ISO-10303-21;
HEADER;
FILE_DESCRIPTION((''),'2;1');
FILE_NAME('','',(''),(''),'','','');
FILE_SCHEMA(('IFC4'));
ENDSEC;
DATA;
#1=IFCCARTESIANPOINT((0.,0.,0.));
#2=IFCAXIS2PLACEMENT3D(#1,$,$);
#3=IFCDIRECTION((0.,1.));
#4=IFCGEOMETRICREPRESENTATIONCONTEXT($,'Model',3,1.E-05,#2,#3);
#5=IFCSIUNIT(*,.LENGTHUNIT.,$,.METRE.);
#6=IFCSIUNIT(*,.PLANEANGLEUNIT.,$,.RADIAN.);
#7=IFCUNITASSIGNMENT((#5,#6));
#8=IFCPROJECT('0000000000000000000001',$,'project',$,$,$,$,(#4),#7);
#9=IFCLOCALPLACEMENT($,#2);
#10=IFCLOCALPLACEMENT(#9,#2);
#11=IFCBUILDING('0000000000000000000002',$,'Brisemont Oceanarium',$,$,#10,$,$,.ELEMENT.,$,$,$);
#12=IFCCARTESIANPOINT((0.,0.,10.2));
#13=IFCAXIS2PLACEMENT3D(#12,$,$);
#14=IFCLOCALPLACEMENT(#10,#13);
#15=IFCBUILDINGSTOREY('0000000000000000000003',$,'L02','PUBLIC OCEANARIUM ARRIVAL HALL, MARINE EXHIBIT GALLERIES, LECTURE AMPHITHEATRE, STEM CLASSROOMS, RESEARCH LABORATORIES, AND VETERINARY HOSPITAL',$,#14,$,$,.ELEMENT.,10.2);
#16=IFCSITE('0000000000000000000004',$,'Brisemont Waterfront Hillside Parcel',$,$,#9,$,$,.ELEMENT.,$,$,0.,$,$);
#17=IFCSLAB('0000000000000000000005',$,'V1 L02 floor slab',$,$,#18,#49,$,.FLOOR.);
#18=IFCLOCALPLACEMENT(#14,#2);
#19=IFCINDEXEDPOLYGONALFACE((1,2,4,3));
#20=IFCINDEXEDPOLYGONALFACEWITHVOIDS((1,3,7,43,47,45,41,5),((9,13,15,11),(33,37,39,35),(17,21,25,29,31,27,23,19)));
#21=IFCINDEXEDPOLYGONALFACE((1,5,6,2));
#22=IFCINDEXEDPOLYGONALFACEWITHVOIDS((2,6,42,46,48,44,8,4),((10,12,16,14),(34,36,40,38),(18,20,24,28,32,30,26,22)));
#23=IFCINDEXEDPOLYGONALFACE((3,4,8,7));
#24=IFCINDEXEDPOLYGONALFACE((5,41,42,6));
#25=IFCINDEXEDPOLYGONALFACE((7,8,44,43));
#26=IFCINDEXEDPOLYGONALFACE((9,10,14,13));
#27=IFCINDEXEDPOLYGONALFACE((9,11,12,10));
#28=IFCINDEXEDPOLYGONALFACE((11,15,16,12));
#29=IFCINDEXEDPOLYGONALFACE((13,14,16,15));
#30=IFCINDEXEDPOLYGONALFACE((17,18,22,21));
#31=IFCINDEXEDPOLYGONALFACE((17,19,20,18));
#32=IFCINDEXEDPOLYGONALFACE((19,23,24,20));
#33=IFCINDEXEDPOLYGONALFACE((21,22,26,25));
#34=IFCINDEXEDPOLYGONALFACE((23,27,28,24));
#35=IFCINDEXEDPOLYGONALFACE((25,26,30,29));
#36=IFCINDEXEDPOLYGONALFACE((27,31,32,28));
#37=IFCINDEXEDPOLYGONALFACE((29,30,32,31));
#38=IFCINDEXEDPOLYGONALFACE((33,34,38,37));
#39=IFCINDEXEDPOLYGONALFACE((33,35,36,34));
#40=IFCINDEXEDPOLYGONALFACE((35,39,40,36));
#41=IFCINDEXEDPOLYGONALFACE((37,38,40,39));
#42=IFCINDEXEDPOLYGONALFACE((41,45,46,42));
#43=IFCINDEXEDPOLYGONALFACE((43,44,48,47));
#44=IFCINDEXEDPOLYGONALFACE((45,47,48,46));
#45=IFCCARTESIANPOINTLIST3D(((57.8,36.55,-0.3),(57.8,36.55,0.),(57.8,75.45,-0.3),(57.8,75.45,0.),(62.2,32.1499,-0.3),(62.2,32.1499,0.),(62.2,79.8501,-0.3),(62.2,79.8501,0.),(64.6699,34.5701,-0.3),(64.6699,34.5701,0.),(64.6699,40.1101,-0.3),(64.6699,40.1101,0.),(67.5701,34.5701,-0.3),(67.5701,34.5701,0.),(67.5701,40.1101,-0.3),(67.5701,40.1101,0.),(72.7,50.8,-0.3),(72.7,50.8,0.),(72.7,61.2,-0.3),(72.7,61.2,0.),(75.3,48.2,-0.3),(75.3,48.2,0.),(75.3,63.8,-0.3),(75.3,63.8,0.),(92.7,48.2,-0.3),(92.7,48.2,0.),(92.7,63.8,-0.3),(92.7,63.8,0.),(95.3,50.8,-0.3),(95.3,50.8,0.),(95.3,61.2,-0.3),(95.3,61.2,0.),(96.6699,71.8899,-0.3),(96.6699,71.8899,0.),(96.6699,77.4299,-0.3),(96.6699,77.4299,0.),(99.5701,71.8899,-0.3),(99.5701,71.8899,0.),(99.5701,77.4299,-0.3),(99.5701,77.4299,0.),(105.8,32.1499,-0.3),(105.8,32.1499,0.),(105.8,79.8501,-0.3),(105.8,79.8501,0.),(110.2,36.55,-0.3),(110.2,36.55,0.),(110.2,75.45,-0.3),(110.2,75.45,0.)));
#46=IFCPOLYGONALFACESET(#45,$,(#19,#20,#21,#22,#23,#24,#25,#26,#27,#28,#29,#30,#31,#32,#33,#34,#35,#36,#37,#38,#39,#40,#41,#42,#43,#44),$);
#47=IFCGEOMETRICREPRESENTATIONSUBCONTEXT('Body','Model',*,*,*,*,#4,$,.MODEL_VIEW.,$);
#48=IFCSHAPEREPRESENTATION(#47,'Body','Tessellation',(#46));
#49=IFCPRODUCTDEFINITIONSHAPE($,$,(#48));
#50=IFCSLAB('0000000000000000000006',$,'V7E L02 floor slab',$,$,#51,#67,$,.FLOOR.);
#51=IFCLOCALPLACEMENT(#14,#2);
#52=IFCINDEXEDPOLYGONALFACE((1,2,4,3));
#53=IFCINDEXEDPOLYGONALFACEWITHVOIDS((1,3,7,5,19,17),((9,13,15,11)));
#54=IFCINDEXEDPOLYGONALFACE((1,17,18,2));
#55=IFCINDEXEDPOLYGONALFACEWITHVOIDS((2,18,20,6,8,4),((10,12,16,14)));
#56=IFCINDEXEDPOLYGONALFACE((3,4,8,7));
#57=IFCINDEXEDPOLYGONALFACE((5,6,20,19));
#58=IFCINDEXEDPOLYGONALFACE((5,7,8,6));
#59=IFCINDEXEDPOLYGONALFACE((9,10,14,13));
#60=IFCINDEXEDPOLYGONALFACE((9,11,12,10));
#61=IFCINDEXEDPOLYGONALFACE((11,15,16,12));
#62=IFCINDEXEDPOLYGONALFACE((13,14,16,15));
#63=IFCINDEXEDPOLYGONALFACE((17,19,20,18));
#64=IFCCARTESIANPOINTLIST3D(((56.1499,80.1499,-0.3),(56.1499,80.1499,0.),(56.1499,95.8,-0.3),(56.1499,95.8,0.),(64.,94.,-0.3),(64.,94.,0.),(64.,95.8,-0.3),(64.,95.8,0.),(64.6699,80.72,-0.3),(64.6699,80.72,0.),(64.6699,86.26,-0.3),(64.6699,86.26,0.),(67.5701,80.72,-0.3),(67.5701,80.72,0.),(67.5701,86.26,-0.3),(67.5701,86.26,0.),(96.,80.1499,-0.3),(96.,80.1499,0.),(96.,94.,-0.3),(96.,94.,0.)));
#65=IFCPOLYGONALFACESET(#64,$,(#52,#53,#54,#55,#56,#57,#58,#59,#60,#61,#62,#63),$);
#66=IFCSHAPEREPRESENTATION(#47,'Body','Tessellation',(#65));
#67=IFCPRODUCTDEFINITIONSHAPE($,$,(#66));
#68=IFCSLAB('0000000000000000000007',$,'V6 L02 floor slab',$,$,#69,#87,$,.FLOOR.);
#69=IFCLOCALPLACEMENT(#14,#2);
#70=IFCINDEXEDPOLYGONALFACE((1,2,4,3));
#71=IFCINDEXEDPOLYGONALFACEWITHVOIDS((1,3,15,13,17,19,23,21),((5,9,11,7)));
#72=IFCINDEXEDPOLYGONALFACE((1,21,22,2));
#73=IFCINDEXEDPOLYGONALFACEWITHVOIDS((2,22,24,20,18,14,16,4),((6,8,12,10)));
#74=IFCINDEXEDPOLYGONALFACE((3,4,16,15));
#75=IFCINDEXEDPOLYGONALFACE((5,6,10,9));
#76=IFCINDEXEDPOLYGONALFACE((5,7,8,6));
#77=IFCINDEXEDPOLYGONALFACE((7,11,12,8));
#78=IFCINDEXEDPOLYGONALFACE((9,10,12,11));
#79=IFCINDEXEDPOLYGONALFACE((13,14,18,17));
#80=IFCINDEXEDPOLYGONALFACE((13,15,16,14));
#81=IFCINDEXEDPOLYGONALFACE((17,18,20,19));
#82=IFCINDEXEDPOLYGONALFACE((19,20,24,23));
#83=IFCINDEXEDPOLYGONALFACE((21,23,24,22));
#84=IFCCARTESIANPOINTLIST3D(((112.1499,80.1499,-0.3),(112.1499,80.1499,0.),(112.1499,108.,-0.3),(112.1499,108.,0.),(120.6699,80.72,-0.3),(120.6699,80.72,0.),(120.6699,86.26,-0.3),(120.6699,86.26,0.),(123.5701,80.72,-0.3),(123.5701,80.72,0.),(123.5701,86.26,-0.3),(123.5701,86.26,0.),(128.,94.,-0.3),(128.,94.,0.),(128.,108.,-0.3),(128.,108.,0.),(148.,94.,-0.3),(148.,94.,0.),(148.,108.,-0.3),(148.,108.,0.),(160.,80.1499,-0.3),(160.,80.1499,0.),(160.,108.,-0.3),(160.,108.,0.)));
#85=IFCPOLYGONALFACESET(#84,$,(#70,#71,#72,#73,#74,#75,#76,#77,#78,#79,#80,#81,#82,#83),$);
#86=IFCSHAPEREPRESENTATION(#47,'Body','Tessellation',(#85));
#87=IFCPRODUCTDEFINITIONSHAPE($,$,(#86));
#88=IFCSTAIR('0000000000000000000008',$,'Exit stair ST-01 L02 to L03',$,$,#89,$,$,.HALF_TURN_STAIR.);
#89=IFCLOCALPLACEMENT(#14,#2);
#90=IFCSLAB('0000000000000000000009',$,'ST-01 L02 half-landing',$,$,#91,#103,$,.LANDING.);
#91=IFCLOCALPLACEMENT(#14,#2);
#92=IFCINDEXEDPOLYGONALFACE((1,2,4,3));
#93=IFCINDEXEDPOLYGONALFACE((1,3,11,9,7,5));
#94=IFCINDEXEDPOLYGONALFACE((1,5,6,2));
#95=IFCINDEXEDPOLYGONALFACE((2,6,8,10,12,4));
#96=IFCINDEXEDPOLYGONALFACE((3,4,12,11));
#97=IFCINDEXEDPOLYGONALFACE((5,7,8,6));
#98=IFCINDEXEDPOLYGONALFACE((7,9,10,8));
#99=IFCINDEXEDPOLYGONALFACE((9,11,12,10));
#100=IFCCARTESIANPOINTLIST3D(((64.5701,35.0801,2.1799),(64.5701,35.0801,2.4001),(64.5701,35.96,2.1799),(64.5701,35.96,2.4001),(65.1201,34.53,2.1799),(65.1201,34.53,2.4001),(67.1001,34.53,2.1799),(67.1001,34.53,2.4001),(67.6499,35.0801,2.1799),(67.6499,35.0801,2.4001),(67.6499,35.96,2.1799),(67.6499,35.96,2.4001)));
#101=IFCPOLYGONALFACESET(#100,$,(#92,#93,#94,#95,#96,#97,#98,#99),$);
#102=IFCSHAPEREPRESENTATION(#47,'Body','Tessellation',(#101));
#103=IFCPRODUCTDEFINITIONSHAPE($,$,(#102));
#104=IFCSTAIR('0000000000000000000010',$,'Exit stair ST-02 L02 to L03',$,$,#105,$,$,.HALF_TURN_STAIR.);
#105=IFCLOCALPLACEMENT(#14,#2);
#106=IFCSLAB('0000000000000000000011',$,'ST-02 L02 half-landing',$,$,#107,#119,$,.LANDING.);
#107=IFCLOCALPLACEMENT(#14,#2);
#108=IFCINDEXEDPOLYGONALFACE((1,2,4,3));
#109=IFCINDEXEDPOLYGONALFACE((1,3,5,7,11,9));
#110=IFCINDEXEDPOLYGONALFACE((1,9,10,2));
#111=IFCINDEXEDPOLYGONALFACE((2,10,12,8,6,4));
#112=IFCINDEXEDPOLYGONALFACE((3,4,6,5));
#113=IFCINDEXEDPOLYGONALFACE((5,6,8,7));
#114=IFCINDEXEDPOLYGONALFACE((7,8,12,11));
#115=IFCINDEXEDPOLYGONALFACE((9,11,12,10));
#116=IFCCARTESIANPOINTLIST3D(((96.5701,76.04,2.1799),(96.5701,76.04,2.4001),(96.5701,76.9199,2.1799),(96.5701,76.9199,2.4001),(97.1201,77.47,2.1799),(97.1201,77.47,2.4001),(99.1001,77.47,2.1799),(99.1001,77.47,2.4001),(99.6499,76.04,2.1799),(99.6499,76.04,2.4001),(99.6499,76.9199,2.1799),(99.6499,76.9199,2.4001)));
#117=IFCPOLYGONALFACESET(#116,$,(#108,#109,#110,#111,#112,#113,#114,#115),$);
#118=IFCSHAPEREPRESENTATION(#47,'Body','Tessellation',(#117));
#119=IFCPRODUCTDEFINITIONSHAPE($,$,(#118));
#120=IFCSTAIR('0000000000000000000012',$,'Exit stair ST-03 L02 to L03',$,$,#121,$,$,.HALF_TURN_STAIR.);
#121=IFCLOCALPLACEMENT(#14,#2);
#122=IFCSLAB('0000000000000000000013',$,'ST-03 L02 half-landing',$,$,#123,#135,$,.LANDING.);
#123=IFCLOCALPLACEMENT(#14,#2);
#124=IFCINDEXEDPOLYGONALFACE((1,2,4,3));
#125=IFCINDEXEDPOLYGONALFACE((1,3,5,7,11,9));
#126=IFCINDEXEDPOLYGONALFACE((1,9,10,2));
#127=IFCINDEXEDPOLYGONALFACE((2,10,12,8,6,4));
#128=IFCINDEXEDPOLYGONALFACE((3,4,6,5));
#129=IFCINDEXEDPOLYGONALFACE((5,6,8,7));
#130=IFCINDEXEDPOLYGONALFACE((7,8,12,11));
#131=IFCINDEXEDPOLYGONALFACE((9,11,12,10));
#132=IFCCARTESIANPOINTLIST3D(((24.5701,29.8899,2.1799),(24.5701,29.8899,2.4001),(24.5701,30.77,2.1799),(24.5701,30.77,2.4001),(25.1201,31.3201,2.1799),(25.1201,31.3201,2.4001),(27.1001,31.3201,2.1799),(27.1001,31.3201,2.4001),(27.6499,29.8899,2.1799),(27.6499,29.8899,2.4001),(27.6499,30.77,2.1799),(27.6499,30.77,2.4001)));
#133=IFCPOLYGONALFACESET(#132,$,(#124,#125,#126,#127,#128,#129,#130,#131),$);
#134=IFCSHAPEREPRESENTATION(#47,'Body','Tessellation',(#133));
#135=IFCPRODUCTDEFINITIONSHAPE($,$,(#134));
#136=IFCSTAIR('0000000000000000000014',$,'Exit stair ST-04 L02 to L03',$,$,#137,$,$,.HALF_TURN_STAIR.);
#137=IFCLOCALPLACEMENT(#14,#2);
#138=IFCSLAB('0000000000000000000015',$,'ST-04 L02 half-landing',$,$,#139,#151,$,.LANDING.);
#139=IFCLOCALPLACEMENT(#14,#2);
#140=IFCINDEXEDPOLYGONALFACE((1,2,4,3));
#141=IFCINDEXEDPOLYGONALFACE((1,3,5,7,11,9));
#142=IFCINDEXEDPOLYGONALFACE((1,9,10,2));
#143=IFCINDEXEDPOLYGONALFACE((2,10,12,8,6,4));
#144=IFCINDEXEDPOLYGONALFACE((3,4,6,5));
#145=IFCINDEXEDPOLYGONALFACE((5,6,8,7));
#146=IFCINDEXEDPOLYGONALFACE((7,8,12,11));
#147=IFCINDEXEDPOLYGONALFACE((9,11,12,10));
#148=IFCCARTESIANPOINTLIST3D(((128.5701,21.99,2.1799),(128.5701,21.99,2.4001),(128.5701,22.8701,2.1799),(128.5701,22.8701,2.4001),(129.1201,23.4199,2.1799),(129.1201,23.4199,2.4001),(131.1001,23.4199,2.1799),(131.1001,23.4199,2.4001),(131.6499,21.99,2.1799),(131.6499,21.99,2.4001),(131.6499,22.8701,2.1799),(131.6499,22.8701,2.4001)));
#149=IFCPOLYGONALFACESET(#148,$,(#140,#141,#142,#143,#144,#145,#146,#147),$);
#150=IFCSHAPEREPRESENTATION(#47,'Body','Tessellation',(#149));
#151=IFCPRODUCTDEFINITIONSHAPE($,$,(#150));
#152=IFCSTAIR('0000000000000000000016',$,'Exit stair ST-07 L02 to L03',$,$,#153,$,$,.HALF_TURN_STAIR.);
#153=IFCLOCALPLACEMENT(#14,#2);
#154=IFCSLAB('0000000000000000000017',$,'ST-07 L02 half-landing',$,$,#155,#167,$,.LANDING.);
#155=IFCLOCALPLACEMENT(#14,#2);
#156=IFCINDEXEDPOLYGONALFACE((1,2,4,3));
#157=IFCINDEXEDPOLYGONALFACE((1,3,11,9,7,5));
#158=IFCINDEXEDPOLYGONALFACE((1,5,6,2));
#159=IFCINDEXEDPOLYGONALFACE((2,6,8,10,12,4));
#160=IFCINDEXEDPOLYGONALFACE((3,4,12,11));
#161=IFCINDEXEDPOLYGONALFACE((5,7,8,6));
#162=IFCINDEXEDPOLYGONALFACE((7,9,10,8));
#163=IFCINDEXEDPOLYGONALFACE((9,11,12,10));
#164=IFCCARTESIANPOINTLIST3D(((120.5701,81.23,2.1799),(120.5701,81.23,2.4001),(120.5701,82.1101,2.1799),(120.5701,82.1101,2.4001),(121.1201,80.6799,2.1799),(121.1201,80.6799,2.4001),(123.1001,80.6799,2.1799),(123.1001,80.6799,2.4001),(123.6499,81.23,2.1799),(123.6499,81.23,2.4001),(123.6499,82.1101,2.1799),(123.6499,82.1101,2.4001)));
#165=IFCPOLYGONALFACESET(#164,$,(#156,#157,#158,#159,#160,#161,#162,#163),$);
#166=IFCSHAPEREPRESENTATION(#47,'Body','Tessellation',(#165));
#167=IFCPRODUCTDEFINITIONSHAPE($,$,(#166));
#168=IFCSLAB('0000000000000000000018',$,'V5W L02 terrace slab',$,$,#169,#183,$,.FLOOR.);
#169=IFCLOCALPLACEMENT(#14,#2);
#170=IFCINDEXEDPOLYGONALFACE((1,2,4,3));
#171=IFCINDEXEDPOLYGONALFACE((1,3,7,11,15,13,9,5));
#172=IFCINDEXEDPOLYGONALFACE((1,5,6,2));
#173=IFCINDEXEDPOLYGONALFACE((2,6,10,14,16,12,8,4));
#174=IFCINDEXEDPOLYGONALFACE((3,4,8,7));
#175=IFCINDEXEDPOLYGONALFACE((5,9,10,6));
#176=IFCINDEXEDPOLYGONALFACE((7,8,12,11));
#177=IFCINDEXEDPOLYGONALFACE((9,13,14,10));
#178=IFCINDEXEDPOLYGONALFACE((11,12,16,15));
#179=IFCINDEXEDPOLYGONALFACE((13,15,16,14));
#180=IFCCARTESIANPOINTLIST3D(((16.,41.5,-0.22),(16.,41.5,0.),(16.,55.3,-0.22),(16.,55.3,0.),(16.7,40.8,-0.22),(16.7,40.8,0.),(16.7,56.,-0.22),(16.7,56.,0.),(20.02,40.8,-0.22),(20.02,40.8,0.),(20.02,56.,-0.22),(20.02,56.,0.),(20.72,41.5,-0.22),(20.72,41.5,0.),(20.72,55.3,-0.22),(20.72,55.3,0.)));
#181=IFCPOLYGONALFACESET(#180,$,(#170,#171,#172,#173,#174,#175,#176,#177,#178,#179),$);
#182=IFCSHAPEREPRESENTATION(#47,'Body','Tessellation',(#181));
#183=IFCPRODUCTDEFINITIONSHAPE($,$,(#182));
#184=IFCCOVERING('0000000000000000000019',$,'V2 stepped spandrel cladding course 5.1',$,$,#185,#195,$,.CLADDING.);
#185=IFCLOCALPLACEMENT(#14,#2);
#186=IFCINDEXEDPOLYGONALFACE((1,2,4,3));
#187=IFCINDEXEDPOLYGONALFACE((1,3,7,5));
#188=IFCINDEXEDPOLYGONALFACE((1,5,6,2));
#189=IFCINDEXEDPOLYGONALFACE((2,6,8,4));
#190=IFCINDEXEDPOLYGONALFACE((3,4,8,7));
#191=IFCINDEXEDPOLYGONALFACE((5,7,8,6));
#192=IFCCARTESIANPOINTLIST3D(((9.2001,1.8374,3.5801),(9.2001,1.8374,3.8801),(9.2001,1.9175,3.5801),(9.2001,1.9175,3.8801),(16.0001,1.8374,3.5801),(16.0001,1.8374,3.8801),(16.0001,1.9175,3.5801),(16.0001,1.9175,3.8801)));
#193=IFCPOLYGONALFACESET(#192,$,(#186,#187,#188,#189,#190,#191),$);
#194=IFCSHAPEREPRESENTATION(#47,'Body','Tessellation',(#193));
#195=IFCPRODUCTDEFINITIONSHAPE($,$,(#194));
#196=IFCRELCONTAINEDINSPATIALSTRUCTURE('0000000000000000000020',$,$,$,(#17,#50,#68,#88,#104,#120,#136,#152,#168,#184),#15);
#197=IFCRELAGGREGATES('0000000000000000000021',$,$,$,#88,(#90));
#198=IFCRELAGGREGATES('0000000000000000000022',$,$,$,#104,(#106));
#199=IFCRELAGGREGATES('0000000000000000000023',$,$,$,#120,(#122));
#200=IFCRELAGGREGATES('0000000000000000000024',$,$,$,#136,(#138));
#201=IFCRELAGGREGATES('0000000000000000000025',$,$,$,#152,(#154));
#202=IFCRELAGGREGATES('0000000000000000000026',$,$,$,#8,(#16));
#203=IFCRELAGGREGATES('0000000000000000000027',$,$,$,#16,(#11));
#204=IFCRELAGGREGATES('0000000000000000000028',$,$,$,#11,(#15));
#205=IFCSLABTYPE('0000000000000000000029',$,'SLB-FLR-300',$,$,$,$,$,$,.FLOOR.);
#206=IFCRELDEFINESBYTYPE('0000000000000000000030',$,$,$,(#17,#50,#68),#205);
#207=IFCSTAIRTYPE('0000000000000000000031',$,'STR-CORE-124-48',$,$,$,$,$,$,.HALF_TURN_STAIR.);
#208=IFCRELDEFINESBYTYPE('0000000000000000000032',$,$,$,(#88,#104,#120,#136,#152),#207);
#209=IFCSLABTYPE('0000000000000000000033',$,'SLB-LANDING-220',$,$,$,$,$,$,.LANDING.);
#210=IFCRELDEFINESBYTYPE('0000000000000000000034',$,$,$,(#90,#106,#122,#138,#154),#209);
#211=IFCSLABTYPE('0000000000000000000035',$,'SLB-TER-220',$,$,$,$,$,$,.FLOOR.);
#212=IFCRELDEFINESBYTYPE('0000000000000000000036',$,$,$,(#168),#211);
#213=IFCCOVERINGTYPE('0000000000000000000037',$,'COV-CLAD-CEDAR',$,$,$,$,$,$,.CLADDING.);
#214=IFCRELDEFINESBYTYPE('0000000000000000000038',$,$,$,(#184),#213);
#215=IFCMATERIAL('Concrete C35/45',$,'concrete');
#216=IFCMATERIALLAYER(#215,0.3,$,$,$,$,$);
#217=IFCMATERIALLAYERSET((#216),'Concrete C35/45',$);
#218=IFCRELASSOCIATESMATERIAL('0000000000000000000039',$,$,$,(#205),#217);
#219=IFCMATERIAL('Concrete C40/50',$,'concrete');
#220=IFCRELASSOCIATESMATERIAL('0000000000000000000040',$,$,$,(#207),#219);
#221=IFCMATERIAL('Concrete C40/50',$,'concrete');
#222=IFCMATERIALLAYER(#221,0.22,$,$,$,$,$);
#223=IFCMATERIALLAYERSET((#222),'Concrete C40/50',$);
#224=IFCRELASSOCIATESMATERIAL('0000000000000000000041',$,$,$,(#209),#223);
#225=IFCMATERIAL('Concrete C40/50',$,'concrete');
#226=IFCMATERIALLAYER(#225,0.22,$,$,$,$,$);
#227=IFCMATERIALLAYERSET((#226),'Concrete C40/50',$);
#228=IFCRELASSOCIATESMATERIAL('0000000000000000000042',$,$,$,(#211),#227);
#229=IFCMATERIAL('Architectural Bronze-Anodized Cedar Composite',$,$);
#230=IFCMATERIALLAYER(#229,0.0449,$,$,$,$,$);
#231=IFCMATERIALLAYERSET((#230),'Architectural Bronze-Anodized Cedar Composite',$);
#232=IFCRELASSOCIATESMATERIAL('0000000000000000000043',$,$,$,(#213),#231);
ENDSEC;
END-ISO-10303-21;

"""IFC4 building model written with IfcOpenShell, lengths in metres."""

from ifc_helpers import new_model, si_unit, direction, frame, origin, origin_2d, place, context, subcontext, project, spatial, polyline, rectangle, outline, extrude, material, layer, layer_set, type_object, element, aggregate, save


model = new_model("IFC4")

# Units and contexts
model_context = context("Model", 3, precision=1e-05, world=origin(), true_north=direction((0.0, 1.0)))
body_context = subcontext(model_context, "Body", "Model", "MODEL_VIEW")
ifc_project = project(units=[si_unit("LENGTHUNIT", "METRE"), si_unit("PLANEANGLEUNIT", "RADIAN")], contexts=[model_context])

# Site, building, storey
site_placement = place(None, origin())
site = spatial("IfcSite", under=ifc_project, at=site_placement, Name="Brisemont Waterfront Hillside Parcel", CompositionType="ELEMENT", RefElevation=0.0)
building_placement = place(site_placement, origin())
building = spatial("IfcBuilding", under=site, at=building_placement, Name="Brisemont Oceanarium", CompositionType="ELEMENT")
storey_placement = place(building_placement, frame((0.0, 0.0, 10.2)))
storey = spatial("IfcBuildingStorey", under=building, at=storey_placement, Name="L02", Description="PUBLIC OCEANARIUM ARRIVAL HALL, MARINE EXHIBIT GALLERIES, LECTURE AMPHITHEATRE, STEM CLASSROOMS, RESEARCH LABORATORIES, AND VETERINARY HOSPITAL", CompositionType="ELEMENT", Elevation=10.2)

# Slabs
ifc_material_1 = material(Name="Concrete C35/45", Category="concrete")
ifc_layer_1 = layer(ifc_material_1, 0.3)
ifc_layer_set_1 = layer_set([ifc_layer_1], Name="Concrete C35/45")
slab_type_1 = type_object("IfcSlabType", Name="SLB-FLR-300", PredefinedType="FLOOR", material=ifc_layer_set_1)
slab_1_placement = place(storey_placement, frame((0.0, 0.0, -0.3)))
element("IfcSlab", 1, at=slab_1_placement, inside=storey, type_object=slab_type_1, Name="V1 L02 floor slab", PredefinedType="FLOOR", context=body_context, shape_type="SweptSolid", body=[
    extrude(outline(polyline([(62.2, 32.1499), (105.8, 32.1499), (110.2, 36.55), (110.2, 75.45), (105.8, 79.8501), (62.2, 79.8501), (57.8, 75.45), (57.8, 36.55), (62.2, 32.1499)]), holes=[polyline([(75.3, 48.2), (92.7, 48.2), (95.3, 50.8), (95.3, 61.2), (92.7, 63.8), (75.3, 63.8), (72.7, 61.2), (72.7, 50.8), (75.3, 48.2)]), polyline([(64.6699, 34.5701), (67.5701, 34.5701), (67.5701, 40.1101), (64.6699, 40.1101), (64.6699, 34.5701)]), polyline([(96.6699, 71.8899), (99.5701, 71.8899), (99.5701, 77.4299), (96.6699, 77.4299), (96.6699, 71.8899)])]), origin(), (0.0, 0.0, 1.0), 0.3),
])
slab_2_placement = place(storey_placement, frame((0.0, 0.0, -0.3)))
element("IfcSlab", 2, at=slab_2_placement, inside=storey, type_object=slab_type_1, Name="V7E L02 floor slab", PredefinedType="FLOOR", context=body_context, shape_type="SweptSolid", body=[
    extrude(outline(polyline([(56.1499, 80.1499), (96.0, 80.1499), (96.0, 94.0), (64.0, 94.0), (64.0, 95.8), (56.1499, 95.8), (56.1499, 80.1499)]), holes=[polyline([(64.6699, 80.72), (67.5701, 80.72), (67.5701, 86.26), (64.6699, 86.26), (64.6699, 80.72)])]), origin(), (0.0, 0.0, 1.0), 0.3),
])
slab_3_placement = place(storey_placement, frame((0.0, 0.0, -0.3)))
element("IfcSlab", 3, at=slab_3_placement, inside=storey, type_object=slab_type_1, Name="V6 L02 floor slab", PredefinedType="FLOOR", context=body_context, shape_type="SweptSolid", body=[
    extrude(outline(polyline([(112.1499, 80.1499), (160.0, 80.1499), (160.0, 108.0), (148.0, 108.0), (148.0, 94.0), (128.0, 94.0), (128.0, 108.0), (112.1499, 108.0), (112.1499, 80.1499)]), holes=[polyline([(120.6699, 80.72), (123.5701, 80.72), (123.5701, 86.26), (120.6699, 86.26), (120.6699, 80.72)])]), origin(), (0.0, 0.0, 1.0), 0.3),
])

# Stairs, slabs
ifc_material_2 = material(Name="Concrete C40/50", Category="concrete")
stair_type = type_object("IfcStairType", Name="STR-CORE-124-48", PredefinedType="HALF_TURN_STAIR", material=ifc_material_2)
stair_1_placement = place(storey_placement, origin())
stair_1 = element("IfcStair", 4, at=stair_1_placement, inside=storey, type_object=stair_type, Name="Exit stair ST-01 L02 to L03", PredefinedType="HALF_TURN_STAIR")
ifc_material_3 = material(Name="Concrete C40/50", Category="concrete")
ifc_layer_2 = layer(ifc_material_3, 0.22)
ifc_layer_set_2 = layer_set([ifc_layer_2], Name="Concrete C40/50")
slab_type_2 = type_object("IfcSlabType", Name="SLB-LANDING-220", PredefinedType="LANDING", material=ifc_layer_set_2)
slab_4_placement = place(storey_placement, frame((0.0, 0.0, 2.1799)))
slab_4 = element("IfcSlab", 5, at=slab_4_placement, type_object=slab_type_2, Name="ST-01 L02 half-landing", PredefinedType="LANDING", context=body_context, shape_type="SweptSolid", body=[
    extrude(outline(polyline([(65.1201, 34.53), (67.1001, 34.53), (67.6499, 35.0801), (67.6499, 35.96), (64.5701, 35.96), (64.5701, 35.0801), (65.1201, 34.53)])), origin(), (0.0, 0.0, 1.0), 0.2202),
])
aggregate(stair_1, [slab_4])
stair_2_placement = place(storey_placement, origin())
stair_2 = element("IfcStair", 6, at=stair_2_placement, inside=storey, type_object=stair_type, Name="Exit stair ST-02 L02 to L03", PredefinedType="HALF_TURN_STAIR")
slab_5_placement = place(storey_placement, frame((0.0, 0.0, 2.1799)))
slab_5 = element("IfcSlab", 7, at=slab_5_placement, type_object=slab_type_2, Name="ST-02 L02 half-landing", PredefinedType="LANDING", context=body_context, shape_type="SweptSolid", body=[
    extrude(outline(polyline([(96.5701, 76.04), (99.6499, 76.04), (99.6499, 76.9199), (99.1001, 77.47), (97.1201, 77.47), (96.5701, 76.9199), (96.5701, 76.04)])), origin(), (0.0, 0.0, 1.0), 0.2202),
])
aggregate(stair_2, [slab_5])
stair_3_placement = place(storey_placement, origin())
stair_3 = element("IfcStair", 8, at=stair_3_placement, inside=storey, type_object=stair_type, Name="Exit stair ST-03 L02 to L03", PredefinedType="HALF_TURN_STAIR")
slab_6_placement = place(storey_placement, frame((0.0, 0.0, 2.1799)))
slab_6 = element("IfcSlab", 9, at=slab_6_placement, type_object=slab_type_2, Name="ST-03 L02 half-landing", PredefinedType="LANDING", context=body_context, shape_type="SweptSolid", body=[
    extrude(outline(polyline([(24.5701, 29.8899), (27.6499, 29.8899), (27.6499, 30.77), (27.1001, 31.3201), (25.1201, 31.3201), (24.5701, 30.77), (24.5701, 29.8899)])), origin(), (0.0, 0.0, 1.0), 0.2202),
])
aggregate(stair_3, [slab_6])
stair_4_placement = place(storey_placement, origin())
stair_4 = element("IfcStair", 10, at=stair_4_placement, inside=storey, type_object=stair_type, Name="Exit stair ST-04 L02 to L03", PredefinedType="HALF_TURN_STAIR")
slab_7_placement = place(storey_placement, frame((0.0, 0.0, 2.1799)))
slab_7 = element("IfcSlab", 11, at=slab_7_placement, type_object=slab_type_2, Name="ST-04 L02 half-landing", PredefinedType="LANDING", context=body_context, shape_type="SweptSolid", body=[
    extrude(outline(polyline([(128.5701, 21.99), (131.6499, 21.99), (131.6499, 22.8701), (131.1001, 23.4199), (129.1201, 23.4199), (128.5701, 22.8701), (128.5701, 21.99)])), origin(), (0.0, 0.0, 1.0), 0.2202),
])
aggregate(stair_4, [slab_7])
stair_5_placement = place(storey_placement, origin())
stair_5 = element("IfcStair", 12, at=stair_5_placement, inside=storey, type_object=stair_type, Name="Exit stair ST-07 L02 to L03", PredefinedType="HALF_TURN_STAIR")
slab_8_placement = place(storey_placement, frame((0.0, 0.0, 2.1799)))
slab_8 = element("IfcSlab", 13, at=slab_8_placement, type_object=slab_type_2, Name="ST-07 L02 half-landing", PredefinedType="LANDING", context=body_context, shape_type="SweptSolid", body=[
    extrude(outline(polyline([(121.1201, 80.6799), (123.1001, 80.6799), (123.6499, 81.23), (123.6499, 82.1101), (120.5701, 82.1101), (120.5701, 81.23), (121.1201, 80.6799)])), origin(), (0.0, 0.0, 1.0), 0.2202),
])
aggregate(stair_5, [slab_8])

# Slab
ifc_material_4 = material(Name="Concrete C40/50", Category="concrete")
ifc_layer_3 = layer(ifc_material_4, 0.22)
ifc_layer_set_3 = layer_set([ifc_layer_3], Name="Concrete C40/50")
slab_type_3 = type_object("IfcSlabType", Name="SLB-TER-220", PredefinedType="FLOOR", material=ifc_layer_set_3)
slab_9_placement = place(storey_placement, frame((0.0, 0.0, -0.22)))
element("IfcSlab", 14, at=slab_9_placement, inside=storey, type_object=slab_type_3, Name="V5W L02 terrace slab", PredefinedType="FLOOR", context=body_context, shape_type="SweptSolid", body=[
    extrude(outline(polyline([(16.7, 40.8), (20.02, 40.8), (20.72, 41.5), (20.72, 55.3), (20.02, 56.0), (16.7, 56.0), (16.0, 55.3), (16.0, 41.5), (16.7, 40.8)])), origin(), (0.0, 0.0, 1.0), 0.22),
])

# Covering
ifc_material_5 = material(Name="Architectural Bronze-Anodized Cedar Composite")
ifc_layer_4 = layer(ifc_material_5, 0.0449)
ifc_layer_set_4 = layer_set([ifc_layer_4], Name="Architectural Bronze-Anodized Cedar Composite")
covering_type = type_object("IfcCoveringType", Name="COV-CLAD-CEDAR", PredefinedType="CLADDING", material=ifc_layer_set_4)
covering_placement = place(storey_placement, frame((12.6001, 1.8774, 3.5801), z_axis=(0.0, 0.0, 1.0), x_axis=(1.0, 0.0, 0.0)))
element("IfcCovering", 15, at=covering_placement, inside=storey, type_object=covering_type, Name="V2 stepped spandrel cladding course 5.1", PredefinedType="CLADDING", context=body_context, shape_type="SweptSolid", body=[
    extrude(rectangle(XDim=6.8, YDim=0.0801, at=origin_2d()), origin(), (0.0, 0.0, 1.0), 0.3),
])

save(model, "model.ifc")
